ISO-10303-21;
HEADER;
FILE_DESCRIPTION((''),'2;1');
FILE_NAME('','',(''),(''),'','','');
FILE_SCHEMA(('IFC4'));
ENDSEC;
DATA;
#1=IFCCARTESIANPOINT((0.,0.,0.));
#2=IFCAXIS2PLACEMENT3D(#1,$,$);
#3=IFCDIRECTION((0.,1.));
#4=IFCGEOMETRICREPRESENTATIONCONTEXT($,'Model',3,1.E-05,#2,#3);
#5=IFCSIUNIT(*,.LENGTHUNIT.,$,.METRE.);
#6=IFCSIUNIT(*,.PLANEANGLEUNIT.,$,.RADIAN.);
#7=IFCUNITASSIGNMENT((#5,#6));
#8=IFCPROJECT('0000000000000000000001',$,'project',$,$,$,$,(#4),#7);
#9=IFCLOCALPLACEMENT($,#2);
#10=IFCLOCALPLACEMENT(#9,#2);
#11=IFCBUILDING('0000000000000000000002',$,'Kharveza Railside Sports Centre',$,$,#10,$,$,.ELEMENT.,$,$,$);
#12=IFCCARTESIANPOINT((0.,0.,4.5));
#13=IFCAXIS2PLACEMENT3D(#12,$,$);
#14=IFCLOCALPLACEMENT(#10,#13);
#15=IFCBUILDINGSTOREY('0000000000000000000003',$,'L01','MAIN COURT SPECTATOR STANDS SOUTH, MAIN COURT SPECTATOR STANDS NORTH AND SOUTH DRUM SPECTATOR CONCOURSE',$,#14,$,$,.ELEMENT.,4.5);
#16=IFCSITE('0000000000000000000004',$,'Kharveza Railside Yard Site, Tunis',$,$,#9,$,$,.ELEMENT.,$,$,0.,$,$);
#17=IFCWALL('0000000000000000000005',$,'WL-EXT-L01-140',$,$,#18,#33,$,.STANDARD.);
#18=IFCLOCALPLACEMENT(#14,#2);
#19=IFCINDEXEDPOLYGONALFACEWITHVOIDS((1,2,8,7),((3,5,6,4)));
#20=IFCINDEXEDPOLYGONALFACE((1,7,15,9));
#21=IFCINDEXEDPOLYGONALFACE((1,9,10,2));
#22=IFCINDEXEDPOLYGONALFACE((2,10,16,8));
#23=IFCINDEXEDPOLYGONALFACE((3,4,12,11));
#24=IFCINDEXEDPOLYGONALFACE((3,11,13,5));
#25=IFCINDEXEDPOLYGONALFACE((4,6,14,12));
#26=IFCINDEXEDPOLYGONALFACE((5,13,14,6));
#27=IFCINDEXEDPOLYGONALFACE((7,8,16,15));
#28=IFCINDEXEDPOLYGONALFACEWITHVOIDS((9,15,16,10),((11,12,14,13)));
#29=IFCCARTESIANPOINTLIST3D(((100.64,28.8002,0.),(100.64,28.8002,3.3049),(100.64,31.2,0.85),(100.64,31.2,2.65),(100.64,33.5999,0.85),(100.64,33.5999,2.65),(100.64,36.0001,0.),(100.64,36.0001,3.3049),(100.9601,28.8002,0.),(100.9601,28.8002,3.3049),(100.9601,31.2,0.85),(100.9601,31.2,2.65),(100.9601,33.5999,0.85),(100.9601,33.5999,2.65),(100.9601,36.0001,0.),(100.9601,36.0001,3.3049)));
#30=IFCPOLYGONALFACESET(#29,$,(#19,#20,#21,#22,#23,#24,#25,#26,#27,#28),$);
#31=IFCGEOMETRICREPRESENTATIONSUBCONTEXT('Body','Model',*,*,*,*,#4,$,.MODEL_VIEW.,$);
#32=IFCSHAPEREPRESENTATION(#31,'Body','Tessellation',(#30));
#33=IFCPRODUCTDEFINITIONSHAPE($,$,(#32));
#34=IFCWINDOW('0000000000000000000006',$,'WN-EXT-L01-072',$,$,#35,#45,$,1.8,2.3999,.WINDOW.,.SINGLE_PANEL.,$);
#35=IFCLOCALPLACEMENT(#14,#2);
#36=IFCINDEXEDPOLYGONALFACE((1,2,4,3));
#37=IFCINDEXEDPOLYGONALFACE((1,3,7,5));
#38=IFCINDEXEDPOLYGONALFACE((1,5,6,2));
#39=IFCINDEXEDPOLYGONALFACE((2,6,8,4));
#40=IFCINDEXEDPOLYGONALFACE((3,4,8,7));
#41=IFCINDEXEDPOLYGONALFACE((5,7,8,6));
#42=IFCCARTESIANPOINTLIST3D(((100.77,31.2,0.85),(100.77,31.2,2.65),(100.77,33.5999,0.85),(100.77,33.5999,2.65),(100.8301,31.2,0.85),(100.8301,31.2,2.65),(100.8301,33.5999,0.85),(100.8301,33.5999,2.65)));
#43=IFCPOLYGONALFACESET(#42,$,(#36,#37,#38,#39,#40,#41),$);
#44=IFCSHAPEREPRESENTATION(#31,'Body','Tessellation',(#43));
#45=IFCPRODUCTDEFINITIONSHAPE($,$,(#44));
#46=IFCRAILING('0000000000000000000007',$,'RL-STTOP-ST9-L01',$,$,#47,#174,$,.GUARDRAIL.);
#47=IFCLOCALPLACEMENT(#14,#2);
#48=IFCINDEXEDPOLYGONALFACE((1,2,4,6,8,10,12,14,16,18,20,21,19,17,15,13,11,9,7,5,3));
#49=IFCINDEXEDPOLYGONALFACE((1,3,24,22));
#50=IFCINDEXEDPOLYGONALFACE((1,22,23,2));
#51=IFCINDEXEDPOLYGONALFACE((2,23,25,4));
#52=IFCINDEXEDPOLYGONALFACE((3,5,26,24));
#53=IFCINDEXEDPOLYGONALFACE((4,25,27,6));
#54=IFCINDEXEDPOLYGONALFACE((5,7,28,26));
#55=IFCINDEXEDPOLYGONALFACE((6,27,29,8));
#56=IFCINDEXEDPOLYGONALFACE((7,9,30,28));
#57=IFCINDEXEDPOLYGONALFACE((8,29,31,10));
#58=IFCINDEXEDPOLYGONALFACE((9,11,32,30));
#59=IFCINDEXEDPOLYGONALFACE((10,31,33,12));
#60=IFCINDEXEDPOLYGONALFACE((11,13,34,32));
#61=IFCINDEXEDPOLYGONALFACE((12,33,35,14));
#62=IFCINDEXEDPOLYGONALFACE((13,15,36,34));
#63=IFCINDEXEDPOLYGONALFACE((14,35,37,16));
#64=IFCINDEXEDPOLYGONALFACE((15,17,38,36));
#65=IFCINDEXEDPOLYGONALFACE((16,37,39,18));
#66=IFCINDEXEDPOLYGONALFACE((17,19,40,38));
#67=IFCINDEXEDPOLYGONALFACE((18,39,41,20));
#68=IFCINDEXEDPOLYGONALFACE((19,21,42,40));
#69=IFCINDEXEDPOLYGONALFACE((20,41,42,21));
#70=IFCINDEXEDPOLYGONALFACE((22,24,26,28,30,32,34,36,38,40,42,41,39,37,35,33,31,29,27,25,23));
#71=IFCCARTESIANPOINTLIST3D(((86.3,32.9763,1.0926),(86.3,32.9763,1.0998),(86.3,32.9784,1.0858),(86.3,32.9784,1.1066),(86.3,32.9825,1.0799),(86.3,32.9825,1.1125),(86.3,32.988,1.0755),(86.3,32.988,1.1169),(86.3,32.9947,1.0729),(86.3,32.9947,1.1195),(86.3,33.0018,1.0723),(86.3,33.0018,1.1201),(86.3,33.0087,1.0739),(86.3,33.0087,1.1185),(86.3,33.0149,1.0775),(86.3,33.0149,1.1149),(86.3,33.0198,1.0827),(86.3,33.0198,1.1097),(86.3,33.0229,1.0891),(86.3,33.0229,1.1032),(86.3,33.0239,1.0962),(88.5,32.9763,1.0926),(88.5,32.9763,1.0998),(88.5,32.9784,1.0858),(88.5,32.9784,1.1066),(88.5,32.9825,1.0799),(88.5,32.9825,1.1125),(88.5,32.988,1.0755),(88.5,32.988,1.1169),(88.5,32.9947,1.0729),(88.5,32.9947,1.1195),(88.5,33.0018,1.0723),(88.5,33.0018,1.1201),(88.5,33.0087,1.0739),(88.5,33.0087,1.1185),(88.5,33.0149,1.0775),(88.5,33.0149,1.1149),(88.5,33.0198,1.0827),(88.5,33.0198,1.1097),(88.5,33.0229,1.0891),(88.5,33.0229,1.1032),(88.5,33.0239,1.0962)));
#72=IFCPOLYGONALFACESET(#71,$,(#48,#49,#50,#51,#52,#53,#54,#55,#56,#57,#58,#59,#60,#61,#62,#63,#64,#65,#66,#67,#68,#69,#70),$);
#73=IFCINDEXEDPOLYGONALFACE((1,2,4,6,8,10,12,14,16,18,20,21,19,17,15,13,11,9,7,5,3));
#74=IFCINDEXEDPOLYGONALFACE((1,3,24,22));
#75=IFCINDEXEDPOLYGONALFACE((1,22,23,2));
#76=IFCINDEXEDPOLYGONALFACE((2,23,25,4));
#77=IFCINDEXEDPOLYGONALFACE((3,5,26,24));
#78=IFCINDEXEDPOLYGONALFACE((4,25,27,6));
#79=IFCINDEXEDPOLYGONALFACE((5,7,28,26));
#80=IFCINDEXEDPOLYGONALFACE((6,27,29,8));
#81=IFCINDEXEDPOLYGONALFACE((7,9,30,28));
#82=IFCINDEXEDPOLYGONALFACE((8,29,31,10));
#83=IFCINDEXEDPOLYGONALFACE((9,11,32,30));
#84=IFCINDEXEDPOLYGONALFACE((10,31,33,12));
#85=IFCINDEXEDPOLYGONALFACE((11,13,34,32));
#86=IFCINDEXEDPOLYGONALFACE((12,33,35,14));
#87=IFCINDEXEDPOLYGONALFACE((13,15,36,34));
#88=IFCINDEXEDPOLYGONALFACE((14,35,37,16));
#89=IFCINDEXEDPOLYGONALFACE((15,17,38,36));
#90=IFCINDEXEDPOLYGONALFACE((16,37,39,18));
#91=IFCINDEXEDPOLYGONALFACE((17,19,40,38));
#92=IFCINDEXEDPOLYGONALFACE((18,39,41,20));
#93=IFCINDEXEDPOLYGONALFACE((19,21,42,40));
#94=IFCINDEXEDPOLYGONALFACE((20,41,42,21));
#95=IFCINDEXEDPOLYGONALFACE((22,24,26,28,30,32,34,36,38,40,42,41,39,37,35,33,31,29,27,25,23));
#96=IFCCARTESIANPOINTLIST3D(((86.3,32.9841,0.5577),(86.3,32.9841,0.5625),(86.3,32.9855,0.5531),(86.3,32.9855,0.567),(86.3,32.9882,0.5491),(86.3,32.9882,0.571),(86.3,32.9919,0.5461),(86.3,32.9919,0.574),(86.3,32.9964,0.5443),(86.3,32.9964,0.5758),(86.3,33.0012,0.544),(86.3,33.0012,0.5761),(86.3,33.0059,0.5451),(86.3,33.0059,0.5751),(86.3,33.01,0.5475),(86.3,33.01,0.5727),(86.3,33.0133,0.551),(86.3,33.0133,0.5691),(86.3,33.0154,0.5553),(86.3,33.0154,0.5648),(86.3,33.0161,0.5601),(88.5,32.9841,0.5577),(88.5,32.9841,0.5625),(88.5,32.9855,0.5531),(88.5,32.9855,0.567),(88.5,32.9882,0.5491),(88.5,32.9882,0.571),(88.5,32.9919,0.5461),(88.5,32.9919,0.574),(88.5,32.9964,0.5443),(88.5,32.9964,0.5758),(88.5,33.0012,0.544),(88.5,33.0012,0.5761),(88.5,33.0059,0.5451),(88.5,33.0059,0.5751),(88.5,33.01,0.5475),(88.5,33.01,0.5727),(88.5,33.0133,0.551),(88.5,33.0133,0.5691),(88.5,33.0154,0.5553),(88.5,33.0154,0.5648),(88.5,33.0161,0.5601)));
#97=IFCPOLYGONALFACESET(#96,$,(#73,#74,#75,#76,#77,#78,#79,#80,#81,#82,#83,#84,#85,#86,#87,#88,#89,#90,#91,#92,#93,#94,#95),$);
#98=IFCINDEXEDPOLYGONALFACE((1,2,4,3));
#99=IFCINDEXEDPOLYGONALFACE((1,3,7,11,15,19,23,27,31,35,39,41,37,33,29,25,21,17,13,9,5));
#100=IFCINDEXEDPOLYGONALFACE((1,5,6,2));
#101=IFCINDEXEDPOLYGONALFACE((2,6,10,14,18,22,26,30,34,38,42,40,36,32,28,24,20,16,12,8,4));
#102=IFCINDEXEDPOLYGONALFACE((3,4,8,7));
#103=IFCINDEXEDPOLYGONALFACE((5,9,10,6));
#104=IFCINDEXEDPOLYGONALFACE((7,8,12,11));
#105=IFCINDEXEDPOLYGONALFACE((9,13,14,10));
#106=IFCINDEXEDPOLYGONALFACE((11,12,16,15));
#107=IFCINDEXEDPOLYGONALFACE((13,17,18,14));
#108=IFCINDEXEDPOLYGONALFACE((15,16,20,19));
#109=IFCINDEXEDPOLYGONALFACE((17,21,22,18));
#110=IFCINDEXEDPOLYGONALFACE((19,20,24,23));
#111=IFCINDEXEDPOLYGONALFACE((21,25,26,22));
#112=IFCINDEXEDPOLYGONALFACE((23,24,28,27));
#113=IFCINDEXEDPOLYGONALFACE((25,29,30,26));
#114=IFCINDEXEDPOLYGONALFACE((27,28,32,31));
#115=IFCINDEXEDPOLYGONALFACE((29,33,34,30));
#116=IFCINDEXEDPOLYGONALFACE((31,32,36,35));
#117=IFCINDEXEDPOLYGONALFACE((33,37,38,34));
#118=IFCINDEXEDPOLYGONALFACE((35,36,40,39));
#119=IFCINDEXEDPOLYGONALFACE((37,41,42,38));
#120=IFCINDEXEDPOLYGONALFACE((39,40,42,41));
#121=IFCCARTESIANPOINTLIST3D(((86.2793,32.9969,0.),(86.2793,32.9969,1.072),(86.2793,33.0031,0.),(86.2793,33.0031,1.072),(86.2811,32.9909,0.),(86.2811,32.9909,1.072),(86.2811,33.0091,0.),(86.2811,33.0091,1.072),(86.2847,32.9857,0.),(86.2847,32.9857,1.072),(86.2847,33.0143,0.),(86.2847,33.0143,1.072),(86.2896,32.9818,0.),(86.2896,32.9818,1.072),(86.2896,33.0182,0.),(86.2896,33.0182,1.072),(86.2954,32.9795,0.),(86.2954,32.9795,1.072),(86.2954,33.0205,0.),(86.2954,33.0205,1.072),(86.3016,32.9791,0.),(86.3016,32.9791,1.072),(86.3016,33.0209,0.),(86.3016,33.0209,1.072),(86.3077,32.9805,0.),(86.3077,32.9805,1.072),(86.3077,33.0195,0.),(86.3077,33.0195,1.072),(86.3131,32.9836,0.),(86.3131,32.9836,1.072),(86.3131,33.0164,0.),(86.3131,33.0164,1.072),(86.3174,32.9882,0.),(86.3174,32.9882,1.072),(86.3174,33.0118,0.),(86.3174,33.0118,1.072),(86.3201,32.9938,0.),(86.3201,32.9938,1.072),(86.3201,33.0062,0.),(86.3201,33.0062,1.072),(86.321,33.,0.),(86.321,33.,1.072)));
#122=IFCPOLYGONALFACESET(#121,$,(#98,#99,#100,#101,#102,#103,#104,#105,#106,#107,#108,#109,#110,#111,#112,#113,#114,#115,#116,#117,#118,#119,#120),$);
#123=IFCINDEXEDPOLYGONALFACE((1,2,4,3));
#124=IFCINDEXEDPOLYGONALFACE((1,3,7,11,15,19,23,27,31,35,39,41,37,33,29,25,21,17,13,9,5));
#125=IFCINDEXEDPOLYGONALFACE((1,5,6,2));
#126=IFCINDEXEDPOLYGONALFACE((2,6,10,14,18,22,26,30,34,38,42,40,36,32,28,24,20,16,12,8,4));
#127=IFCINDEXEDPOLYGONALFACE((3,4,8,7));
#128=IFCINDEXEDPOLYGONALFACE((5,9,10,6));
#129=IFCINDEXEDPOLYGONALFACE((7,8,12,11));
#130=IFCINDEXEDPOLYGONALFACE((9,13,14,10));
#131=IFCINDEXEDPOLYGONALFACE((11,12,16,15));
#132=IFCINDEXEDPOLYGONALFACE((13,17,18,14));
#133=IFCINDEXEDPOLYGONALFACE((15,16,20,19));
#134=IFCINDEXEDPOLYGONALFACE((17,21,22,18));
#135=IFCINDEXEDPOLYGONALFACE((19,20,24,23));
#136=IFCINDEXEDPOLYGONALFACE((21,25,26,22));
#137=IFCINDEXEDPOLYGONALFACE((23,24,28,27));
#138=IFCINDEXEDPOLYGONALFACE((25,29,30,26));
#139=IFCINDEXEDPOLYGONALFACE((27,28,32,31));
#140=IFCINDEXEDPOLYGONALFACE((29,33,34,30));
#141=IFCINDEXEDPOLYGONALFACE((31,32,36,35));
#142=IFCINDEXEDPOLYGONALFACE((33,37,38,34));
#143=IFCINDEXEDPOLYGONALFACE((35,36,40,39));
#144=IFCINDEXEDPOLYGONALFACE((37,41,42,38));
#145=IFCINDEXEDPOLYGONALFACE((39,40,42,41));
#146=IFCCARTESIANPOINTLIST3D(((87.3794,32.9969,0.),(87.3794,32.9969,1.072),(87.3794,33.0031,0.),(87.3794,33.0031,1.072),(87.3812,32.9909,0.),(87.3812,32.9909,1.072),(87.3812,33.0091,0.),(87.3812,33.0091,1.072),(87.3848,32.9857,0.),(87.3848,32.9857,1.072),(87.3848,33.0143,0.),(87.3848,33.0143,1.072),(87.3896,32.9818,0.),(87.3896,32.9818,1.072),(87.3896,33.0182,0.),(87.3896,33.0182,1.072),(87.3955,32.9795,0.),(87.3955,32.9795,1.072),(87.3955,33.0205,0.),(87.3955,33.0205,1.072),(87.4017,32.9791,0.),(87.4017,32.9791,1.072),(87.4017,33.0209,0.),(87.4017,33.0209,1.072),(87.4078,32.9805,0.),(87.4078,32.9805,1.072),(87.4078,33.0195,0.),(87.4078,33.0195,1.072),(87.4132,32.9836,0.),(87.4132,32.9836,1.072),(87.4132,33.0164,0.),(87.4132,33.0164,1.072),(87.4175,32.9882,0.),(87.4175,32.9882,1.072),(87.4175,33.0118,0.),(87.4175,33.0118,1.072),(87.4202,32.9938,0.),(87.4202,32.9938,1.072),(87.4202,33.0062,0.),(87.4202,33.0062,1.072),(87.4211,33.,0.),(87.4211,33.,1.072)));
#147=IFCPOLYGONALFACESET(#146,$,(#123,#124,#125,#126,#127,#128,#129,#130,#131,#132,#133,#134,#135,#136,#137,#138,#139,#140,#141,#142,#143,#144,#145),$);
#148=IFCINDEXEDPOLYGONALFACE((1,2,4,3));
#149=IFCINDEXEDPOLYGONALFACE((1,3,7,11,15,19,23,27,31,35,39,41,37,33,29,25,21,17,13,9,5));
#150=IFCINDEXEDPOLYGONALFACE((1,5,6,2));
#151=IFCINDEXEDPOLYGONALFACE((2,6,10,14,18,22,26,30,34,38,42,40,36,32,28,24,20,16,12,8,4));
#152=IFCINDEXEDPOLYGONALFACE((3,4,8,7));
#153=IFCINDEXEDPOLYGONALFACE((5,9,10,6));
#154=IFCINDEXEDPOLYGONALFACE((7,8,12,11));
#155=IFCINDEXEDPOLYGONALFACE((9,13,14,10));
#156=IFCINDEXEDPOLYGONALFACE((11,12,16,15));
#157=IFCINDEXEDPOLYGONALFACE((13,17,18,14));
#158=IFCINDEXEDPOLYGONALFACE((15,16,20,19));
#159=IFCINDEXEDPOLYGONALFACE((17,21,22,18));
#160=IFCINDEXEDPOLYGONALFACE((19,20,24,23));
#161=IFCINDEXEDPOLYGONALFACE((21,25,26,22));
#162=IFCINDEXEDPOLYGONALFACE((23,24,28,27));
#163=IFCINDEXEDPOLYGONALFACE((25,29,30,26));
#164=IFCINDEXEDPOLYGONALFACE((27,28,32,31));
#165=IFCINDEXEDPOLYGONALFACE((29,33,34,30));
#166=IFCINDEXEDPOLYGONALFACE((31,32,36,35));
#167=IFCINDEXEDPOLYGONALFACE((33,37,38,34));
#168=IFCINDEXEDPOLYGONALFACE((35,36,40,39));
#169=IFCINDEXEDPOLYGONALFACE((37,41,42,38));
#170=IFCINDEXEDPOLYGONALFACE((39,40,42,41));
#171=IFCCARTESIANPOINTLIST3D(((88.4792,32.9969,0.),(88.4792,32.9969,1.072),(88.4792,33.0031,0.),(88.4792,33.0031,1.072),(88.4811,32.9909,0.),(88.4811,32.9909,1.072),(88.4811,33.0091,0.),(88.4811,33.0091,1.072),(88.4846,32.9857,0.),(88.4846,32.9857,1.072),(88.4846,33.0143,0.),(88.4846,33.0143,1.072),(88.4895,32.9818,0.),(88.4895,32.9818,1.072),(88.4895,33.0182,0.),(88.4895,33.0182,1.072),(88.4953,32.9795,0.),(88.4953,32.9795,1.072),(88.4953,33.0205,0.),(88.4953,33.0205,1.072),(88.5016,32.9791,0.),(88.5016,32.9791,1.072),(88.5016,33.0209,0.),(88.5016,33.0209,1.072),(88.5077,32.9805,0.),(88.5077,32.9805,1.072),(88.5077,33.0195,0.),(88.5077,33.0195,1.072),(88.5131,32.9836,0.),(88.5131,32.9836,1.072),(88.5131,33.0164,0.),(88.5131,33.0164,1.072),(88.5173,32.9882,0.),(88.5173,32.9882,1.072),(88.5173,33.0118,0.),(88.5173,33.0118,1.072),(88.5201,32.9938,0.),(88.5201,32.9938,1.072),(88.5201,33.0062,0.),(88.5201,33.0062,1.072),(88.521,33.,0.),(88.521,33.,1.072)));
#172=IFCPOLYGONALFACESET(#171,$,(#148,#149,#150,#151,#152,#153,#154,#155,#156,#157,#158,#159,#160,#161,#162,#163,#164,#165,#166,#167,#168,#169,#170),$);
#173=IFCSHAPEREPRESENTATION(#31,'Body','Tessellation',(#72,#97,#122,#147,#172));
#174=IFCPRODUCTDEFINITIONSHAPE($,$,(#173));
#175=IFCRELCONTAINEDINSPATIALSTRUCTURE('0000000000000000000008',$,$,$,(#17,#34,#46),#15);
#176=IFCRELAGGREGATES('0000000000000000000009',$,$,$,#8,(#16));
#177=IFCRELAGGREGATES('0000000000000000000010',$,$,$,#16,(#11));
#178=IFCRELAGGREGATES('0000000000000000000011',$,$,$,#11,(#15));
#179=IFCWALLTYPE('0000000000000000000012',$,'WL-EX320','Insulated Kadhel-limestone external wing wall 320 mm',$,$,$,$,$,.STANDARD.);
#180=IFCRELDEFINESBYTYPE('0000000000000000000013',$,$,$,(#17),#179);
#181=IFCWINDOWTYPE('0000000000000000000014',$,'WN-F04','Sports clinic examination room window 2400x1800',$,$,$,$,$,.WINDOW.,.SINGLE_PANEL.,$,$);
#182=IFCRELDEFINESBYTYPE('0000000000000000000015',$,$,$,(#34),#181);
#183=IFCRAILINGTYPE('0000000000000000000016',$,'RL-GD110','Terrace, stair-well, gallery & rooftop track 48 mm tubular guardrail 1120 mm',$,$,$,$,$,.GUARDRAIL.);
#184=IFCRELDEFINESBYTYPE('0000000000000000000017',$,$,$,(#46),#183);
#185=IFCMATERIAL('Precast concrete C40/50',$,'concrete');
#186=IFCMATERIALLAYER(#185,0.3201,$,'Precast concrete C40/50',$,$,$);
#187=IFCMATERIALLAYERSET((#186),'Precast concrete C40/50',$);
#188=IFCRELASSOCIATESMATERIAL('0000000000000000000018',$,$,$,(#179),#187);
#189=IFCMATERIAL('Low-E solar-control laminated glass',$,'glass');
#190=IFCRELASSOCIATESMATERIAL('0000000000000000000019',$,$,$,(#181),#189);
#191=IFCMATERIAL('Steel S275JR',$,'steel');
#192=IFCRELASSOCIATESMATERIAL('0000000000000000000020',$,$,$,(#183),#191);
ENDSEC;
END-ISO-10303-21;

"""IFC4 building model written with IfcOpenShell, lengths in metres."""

from ifc_helpers import new_model, si_unit, direction, frame, frame_2d, origin, origin_2d, place, context, subcontext, project, spatial, rectangle, circle, extrude, material, layer, layer_set, type_object, element, fill, save


model = new_model("IFC4")

# Units and contexts
model_context = context("Model", 3, precision=1e-05, world=origin(), true_north=direction((0.0, 1.0)))
body_context = subcontext(model_context, "Body", "Model", "MODEL_VIEW")
ifc_project = project(units=[si_unit("LENGTHUNIT", "METRE"), si_unit("PLANEANGLEUNIT", "RADIAN")], contexts=[model_context])

# Site, building, storey
site_placement = place(None, origin())
site = spatial("IfcSite", under=ifc_project, at=site_placement, Name="Kharveza Railside Yard Site, Tunis", CompositionType="ELEMENT", RefElevation=0.0)
building_placement = place(site_placement, origin())
building = spatial("IfcBuilding", under=site, at=building_placement, Name="Kharveza Railside Sports Centre", CompositionType="ELEMENT")
storey_placement = place(building_placement, frame((0.0, 0.0, 4.5)))
storey = spatial("IfcBuildingStorey", under=building, at=storey_placement, Name="L01", Description="MAIN COURT SPECTATOR STANDS SOUTH, MAIN COURT SPECTATOR STANDS NORTH AND SOUTH DRUM SPECTATOR CONCOURSE", CompositionType="ELEMENT", Elevation=4.5)

# Wall, opening, window
ifc_material_1 = material(Name="Precast concrete C40/50", Category="concrete")
ifc_layer_1 = layer(ifc_material_1, 0.3201, Name="Precast concrete C40/50")
ifc_layer_set_1 = layer_set([ifc_layer_1], Name="Precast concrete C40/50")
wall_type_1 = type_object("IfcWallType", Name="WL-EX320", Description="Insulated Kadhel-limestone external wing wall 320 mm", PredefinedType="STANDARD", material=ifc_layer_set_1)
wall_1_placement = place(storey_placement, frame((100.8, 28.8, 0.0), z_axis=(0.0, 0.0, 1.0), x_axis=(0.0, 1.0, 0.0)))
wall_1 = element("IfcWall", 1, at=wall_1_placement, inside=storey, type_object=wall_type_1, Name="WL-EXT-L01-140", PredefinedType="STANDARD", context=body_context, shape_type="SweptSolid", body=[
    extrude(rectangle(XDim=7.2, YDim=0.3201, at=frame_2d((3.6001, 0.0))), origin(), (0.0, 0.0, 1.0), 3.3049),
])
opening_1_placement = place(wall_1_placement, frame((2.3999, 0.0, 0.8501)))
opening_1 = element("IfcOpeningElement", 2, at=opening_1_placement, cuts=wall_1, PredefinedType="OPENING", context=body_context, shape_type="SweptSolid", body=[
    extrude(rectangle(XDim=2.3999, YDim=1.8, at=frame_2d((1.2, 0.8999))), frame((0.0, 0.1851, 0.0), z_axis=(0.0, -1.0, 0.0), x_axis=(1.0, 0.0, 0.0)), (0.0, 0.0, 1.0), 0.3699),
])
ifc_material_2 = material(Name="Low-E solar-control laminated glass", Category="glass")
window_type = type_object("IfcWindowType", Name="WN-F04", Description="Sports clinic examination room window 2400x1800", PartitioningType="SINGLE_PANEL", PredefinedType="WINDOW", material=ifc_material_2)
window_placement = place(opening_1_placement, origin())
window = element("IfcWindow", 3, at=window_placement, inside=storey, type_object=window_type, Name="WN-EXT-L01-072", OverallHeight=1.8, OverallWidth=2.3999, PartitioningType="SINGLE_PANEL", PredefinedType="WINDOW", context=body_context, shape_type="SweptSolid", body=[
    extrude(rectangle(XDim=2.3999, YDim=1.8, at=frame_2d((1.2, 0.8999))), frame((0.0, 0.03, 0.0), z_axis=(0.0, -1.0, 0.0), x_axis=(1.0, 0.0, 0.0)), (0.0, 0.0, 1.0), 0.0601),
])
fill(opening_1, window)

# Railing
ifc_material_3 = material(Name="Steel S275JR", Category="steel")
railing_type = type_object("IfcRailingType", Name="RL-GD110", Description="Terrace, stair-well, gallery & rooftop track 48 mm tubular guardrail 1120 mm", PredefinedType="GUARDRAIL", material=ifc_material_3)
for number, where, name in (
    (4, (86.3, 33.0, 0.0), "RL-STTOP-ST9-L01"),
):
    element("IfcRailing", number, at=place(storey_placement, frame(where)), inside=storey, type_object=railing_type, Name=name, PredefinedType="GUARDRAIL", context=body_context, shape_type="SweptSolid", body=[
        extrude(circle(Radius=0.0239, at=origin_2d()), frame((0.0, 0.0, 1.0962), z_axis=(1.0, 0.0, 0.0), x_axis=(0.0, 1.0, 0.0)), (0.0, 0.0, 1.0), 2.2),
        extrude(circle(Radius=0.0161, at=origin_2d()), frame((0.0, 0.0, 0.5601), z_axis=(1.0, 0.0, 0.0), x_axis=(0.0, 1.0, 0.0)), (0.0, 0.0, 1.0), 2.2),
        extrude(circle(Radius=0.021, at=origin_2d()), origin(), (0.0, 0.0, 1.0), 1.072),
        extrude(circle(Radius=0.021, at=origin_2d()), frame((1.1001, 0.0, 0.0)), (0.0, 0.0, 1.0), 1.072),
        extrude(circle(Radius=0.021, at=origin_2d()), frame((2.2, 0.0, 0.0)), (0.0, 0.0, 1.0), 1.072),
    ])

save(model, "model.ifc")
